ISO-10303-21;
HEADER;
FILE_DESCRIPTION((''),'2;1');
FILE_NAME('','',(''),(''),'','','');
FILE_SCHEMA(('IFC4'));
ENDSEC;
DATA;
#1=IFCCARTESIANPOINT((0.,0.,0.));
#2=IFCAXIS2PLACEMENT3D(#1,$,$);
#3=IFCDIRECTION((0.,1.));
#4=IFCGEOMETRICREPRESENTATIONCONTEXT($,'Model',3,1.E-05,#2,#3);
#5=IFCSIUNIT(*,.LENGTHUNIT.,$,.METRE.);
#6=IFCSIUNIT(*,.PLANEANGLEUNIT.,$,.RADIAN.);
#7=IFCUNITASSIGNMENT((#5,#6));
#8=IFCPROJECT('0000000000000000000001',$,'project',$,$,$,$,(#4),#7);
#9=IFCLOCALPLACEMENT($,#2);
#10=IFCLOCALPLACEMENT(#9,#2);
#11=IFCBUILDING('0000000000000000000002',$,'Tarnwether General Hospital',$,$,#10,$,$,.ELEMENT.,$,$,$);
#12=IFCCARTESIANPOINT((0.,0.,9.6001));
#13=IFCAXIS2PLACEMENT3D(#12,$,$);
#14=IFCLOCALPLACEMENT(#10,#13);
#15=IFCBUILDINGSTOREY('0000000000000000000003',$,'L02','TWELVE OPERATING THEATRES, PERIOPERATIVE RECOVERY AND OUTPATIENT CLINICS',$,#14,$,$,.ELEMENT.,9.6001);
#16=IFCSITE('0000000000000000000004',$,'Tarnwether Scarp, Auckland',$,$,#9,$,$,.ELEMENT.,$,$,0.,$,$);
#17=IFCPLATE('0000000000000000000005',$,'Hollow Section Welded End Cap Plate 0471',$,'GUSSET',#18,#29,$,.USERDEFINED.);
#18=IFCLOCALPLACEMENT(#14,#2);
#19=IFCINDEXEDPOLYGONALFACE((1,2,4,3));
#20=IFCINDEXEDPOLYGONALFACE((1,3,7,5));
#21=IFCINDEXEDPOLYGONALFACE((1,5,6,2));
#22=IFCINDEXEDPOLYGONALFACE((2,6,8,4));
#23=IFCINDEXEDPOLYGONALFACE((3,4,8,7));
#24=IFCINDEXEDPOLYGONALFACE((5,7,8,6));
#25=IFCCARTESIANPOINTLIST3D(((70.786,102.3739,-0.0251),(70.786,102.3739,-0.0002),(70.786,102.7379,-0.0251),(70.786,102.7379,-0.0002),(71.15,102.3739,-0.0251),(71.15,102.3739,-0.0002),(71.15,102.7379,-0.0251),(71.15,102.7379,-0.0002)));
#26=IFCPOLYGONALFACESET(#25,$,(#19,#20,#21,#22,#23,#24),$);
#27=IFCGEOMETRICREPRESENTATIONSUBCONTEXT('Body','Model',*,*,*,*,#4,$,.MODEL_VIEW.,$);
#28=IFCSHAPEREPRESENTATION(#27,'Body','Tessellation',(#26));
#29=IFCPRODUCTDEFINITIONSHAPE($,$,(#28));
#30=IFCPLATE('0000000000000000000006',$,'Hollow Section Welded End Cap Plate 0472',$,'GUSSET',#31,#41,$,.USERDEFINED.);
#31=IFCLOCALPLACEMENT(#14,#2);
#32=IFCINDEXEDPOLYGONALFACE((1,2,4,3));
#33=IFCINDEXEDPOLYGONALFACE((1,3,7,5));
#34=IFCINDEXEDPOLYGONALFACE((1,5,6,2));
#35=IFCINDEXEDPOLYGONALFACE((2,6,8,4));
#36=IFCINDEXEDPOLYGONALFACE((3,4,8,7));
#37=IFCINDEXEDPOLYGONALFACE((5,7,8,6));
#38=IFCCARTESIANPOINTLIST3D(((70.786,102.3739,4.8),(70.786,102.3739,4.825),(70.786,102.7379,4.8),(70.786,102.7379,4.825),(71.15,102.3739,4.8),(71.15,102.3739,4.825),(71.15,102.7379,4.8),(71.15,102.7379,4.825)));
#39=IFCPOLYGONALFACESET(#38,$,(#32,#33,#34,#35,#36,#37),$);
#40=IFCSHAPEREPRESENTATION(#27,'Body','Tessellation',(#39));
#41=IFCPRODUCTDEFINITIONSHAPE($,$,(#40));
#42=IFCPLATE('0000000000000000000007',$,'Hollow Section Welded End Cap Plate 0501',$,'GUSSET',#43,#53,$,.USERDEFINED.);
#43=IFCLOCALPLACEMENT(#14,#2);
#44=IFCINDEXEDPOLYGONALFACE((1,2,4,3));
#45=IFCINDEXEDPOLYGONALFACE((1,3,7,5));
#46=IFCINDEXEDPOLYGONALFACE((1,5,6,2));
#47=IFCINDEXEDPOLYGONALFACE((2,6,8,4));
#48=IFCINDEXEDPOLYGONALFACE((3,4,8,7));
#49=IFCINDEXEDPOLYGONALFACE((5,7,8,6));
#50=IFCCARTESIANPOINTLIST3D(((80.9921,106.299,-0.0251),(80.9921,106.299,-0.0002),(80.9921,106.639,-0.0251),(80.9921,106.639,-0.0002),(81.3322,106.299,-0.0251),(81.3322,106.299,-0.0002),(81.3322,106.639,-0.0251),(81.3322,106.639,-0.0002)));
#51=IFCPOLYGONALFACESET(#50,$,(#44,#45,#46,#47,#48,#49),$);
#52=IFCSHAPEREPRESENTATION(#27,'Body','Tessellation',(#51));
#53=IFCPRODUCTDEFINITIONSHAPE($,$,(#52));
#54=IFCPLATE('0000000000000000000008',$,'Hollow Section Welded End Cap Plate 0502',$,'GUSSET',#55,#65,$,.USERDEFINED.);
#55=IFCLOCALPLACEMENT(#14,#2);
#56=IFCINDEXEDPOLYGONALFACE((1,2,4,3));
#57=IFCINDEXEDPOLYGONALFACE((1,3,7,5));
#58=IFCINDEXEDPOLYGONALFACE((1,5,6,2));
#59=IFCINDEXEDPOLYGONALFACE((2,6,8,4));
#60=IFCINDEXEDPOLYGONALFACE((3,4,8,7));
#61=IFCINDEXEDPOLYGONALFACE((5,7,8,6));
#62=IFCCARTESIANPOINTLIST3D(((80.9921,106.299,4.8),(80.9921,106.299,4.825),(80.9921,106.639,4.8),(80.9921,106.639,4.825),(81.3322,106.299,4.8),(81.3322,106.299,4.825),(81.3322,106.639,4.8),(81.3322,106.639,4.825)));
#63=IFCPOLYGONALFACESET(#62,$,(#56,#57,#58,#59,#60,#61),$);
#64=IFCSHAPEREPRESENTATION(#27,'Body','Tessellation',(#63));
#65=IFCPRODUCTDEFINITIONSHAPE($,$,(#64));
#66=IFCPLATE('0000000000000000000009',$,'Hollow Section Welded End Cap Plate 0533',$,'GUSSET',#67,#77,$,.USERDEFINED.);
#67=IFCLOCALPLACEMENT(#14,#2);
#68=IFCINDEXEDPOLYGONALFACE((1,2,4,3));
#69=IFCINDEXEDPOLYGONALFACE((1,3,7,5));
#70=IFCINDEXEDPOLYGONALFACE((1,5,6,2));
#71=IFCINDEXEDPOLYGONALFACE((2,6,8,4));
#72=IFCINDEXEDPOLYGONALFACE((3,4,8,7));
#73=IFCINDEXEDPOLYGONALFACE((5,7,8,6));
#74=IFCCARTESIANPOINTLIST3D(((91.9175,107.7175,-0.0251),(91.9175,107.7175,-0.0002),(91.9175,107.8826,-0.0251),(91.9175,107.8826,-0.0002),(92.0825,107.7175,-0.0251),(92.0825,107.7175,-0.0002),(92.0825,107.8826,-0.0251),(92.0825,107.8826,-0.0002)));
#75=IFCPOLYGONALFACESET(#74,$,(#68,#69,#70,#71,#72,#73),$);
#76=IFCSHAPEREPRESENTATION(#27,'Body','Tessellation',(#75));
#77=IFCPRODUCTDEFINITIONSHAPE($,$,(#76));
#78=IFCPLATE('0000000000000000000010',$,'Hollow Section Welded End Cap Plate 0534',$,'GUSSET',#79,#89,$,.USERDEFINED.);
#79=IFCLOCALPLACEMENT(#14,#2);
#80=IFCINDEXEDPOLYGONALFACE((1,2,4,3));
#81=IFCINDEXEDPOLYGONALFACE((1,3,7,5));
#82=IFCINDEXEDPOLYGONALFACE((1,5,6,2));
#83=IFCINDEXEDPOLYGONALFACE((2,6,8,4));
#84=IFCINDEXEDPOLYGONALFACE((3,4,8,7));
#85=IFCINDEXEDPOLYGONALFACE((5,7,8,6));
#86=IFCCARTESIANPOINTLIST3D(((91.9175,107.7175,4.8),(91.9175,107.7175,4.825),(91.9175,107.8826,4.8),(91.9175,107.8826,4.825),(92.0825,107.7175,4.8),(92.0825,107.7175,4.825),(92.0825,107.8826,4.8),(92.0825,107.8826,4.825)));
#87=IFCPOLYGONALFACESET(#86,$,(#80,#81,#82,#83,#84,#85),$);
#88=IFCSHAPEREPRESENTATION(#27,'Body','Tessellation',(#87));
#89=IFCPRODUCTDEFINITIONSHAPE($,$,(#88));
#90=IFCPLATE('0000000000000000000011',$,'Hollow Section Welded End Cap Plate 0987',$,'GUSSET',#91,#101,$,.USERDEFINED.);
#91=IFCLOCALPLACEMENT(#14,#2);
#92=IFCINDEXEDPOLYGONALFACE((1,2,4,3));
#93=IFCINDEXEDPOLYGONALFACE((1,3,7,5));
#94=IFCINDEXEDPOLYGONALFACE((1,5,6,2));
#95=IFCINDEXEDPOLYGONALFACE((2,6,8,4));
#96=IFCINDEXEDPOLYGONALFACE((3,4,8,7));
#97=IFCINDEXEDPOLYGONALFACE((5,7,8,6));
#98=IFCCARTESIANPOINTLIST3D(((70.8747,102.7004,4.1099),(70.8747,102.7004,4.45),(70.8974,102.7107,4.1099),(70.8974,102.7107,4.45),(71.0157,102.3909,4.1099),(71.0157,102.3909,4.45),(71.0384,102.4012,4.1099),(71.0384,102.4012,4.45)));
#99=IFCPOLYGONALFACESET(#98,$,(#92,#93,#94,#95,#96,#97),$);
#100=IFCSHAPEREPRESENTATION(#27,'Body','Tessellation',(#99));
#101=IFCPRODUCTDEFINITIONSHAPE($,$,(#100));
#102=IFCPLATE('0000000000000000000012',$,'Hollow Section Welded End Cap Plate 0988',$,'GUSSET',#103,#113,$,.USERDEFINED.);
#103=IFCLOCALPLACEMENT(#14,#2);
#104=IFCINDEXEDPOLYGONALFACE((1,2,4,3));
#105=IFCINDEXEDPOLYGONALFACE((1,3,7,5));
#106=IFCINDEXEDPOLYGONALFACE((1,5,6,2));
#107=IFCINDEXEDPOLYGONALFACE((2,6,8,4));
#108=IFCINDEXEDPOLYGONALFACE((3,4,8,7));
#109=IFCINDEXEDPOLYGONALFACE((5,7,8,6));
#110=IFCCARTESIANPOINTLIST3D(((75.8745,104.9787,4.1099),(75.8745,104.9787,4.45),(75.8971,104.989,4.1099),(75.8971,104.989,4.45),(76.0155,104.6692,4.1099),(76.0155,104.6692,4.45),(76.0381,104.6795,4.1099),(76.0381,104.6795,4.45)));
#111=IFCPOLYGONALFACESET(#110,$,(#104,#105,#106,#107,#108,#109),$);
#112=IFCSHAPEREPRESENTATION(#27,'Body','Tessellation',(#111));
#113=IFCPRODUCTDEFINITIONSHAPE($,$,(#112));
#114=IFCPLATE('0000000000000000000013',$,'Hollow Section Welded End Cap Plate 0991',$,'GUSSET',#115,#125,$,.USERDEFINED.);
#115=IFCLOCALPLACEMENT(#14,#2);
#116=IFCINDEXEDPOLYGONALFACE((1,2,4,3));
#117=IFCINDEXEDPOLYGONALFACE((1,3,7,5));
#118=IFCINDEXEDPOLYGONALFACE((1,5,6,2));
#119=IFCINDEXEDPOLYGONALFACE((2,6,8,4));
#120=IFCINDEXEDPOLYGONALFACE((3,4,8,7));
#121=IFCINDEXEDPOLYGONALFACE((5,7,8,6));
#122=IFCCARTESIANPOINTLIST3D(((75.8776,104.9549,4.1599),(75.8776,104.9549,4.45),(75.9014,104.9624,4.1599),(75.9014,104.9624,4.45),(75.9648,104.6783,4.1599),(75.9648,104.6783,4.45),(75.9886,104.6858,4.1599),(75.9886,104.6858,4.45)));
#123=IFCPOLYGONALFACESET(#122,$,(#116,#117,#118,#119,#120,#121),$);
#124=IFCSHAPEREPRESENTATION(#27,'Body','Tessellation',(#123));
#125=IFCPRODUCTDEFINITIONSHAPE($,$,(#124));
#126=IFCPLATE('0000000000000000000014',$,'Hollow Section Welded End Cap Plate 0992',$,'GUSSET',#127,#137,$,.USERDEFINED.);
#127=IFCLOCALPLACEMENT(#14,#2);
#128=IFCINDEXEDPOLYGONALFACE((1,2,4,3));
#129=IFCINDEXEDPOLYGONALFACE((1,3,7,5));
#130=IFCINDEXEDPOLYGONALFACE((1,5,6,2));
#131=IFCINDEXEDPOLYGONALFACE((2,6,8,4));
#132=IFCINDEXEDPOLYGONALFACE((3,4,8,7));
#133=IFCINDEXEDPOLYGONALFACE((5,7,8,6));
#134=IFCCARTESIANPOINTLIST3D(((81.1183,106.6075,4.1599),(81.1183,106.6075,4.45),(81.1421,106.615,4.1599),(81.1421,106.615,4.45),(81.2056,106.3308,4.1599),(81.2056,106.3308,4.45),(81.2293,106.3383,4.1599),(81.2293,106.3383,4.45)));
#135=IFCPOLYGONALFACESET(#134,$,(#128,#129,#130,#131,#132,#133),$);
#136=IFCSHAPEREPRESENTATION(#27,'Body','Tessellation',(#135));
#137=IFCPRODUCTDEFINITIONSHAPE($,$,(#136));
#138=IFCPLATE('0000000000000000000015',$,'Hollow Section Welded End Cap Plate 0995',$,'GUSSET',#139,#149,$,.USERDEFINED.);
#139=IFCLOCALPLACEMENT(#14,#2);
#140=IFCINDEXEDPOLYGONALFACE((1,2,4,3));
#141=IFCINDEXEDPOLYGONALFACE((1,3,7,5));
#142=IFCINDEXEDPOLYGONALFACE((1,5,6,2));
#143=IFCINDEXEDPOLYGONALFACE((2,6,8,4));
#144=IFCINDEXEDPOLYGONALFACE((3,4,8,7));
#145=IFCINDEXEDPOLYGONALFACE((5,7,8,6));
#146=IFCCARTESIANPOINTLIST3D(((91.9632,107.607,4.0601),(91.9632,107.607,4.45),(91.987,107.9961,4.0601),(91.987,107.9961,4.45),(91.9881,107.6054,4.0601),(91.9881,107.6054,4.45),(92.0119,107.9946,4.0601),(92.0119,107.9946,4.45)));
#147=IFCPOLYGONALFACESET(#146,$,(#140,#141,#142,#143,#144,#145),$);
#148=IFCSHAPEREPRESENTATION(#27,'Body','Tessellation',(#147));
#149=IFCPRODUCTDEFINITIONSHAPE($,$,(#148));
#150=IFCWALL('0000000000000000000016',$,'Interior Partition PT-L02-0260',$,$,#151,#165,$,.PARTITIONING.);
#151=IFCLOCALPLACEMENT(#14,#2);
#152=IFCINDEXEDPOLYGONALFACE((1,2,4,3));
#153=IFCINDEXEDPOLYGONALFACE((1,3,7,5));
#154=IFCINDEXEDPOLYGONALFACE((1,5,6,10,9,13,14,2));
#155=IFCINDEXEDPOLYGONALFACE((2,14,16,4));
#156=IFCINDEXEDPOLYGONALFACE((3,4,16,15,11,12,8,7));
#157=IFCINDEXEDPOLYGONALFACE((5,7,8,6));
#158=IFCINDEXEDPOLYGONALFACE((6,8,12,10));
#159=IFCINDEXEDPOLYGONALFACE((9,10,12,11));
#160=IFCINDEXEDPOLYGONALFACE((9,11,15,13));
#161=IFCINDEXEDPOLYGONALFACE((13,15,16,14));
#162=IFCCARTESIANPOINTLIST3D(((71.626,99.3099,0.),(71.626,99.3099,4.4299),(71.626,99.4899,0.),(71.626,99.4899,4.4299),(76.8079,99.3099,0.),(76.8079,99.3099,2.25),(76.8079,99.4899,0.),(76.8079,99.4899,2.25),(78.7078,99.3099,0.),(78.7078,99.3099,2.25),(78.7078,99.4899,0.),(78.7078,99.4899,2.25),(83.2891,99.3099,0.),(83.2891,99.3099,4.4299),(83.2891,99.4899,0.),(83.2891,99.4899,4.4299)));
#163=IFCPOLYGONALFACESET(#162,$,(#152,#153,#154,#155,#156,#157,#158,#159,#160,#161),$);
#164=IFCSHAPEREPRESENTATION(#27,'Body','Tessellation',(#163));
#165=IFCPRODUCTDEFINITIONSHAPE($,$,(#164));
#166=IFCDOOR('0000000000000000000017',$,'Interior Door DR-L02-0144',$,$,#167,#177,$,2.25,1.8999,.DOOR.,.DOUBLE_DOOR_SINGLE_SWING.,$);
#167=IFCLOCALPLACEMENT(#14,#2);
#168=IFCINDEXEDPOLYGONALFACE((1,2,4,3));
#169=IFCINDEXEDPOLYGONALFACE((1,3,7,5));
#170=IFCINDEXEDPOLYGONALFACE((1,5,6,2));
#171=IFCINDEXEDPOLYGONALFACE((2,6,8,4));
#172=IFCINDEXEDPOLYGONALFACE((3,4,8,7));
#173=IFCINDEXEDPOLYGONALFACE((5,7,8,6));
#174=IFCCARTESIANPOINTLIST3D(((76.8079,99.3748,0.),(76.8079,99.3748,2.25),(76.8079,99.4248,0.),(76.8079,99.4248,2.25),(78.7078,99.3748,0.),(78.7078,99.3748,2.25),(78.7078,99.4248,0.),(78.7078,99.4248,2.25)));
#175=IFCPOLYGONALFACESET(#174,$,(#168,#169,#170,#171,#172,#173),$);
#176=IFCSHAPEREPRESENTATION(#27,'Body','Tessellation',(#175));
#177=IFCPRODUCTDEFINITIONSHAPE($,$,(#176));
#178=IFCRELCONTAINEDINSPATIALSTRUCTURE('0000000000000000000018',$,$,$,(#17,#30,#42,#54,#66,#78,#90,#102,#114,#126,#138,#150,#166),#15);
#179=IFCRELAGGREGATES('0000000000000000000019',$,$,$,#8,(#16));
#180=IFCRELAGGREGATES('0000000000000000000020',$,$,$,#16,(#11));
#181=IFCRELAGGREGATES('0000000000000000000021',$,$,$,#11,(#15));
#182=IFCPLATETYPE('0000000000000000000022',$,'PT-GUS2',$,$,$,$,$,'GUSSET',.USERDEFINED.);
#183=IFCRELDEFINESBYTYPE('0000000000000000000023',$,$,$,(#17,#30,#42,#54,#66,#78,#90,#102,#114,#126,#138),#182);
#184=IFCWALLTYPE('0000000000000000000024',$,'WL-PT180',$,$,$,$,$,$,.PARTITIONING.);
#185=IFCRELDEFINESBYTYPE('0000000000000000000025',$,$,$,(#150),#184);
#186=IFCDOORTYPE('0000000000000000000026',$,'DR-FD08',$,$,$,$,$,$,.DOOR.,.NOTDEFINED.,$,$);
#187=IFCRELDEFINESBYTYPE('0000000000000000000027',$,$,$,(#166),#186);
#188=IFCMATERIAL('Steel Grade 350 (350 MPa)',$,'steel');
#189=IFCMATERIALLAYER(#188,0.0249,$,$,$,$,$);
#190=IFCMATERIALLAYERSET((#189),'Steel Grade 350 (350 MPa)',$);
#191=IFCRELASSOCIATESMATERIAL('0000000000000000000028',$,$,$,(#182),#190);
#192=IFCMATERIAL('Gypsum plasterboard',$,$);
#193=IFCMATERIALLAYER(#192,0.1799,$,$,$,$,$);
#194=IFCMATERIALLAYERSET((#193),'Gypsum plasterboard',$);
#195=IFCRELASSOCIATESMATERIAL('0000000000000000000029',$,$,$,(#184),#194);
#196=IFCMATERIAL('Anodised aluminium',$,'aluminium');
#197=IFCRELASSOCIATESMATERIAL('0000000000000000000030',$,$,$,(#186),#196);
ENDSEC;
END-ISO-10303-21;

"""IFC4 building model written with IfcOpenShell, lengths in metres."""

from ifc_helpers import new_model, si_unit, direction, frame, frame_2d, origin, origin_2d, place, context, subcontext, project, spatial, rectangle, extrude, material, layer, layer_set, type_object, element, fill, save


model = new_model("IFC4")

# Units and contexts
model_context = context("Model", 3, precision=1e-05, world=origin(), true_north=direction((0.0, 1.0)))
body_context = subcontext(model_context, "Body", "Model", "MODEL_VIEW")
ifc_project = project(units=[si_unit("LENGTHUNIT", "METRE"), si_unit("PLANEANGLEUNIT", "RADIAN")], contexts=[model_context])

# Site, building, storey
site_placement = place(None, origin())
site = spatial("IfcSite", under=ifc_project, at=site_placement, Name="Tarnwether Scarp, Auckland", CompositionType="ELEMENT", RefElevation=0.0)
building_placement = place(site_placement, origin())
building = spatial("IfcBuilding", under=site, at=building_placement, Name="Tarnwether General Hospital", CompositionType="ELEMENT")
storey_placement = place(building_placement, frame((0.0, 0.0, 9.6001)))
storey = spatial("IfcBuildingStorey", under=building, at=storey_placement, Name="L02", Description="TWELVE OPERATING THEATRES, PERIOPERATIVE RECOVERY AND OUTPATIENT CLINICS", CompositionType="ELEMENT", Elevation=9.6001)

# Plates
ifc_material_1 = material(Name="Steel Grade 350 (350 MPa)", Category="steel")
ifc_layer_1 = layer(ifc_material_1, 0.0249)
ifc_layer_set_1 = layer_set([ifc_layer_1], Name="Steel Grade 350 (350 MPa)")
plate_type = type_object("IfcPlateType", Name="PT-GUS2", ElementType="GUSSET", PredefinedType="USERDEFINED", material=ifc_layer_set_1)
for number, where, z_axis, x_axis, name in (
    (1, (70.968, 102.5559, -0.0251), (0.0, 0.0, 1.0), (1.0, 0.0, 0.0), "Hollow Section Welded End Cap Plate 0471"),
    (2, (70.968, 102.5559, 4.8), (0.0, 0.0, 1.0), (1.0, 0.0, 0.0), "Hollow Section Welded End Cap Plate 0472"),
):
    element("IfcPlate", number, at=place(storey_placement, frame(where, z_axis=z_axis, x_axis=x_axis)), inside=storey, type_object=plate_type, Name=name, ObjectType="GUSSET", PredefinedType="USERDEFINED", context=body_context, shape_type="SweptSolid", body=[
        extrude(rectangle(XDim=0.364, YDim=0.364, at=origin_2d()), origin(), (0.0, 0.0, 1.0), 0.0249),
    ])
for number, where, z_axis, x_axis, name in (
    (3, (81.1621, 106.469, -0.0251), (0.0, 0.0, 1.0), (1.0, 0.0, 0.0), "Hollow Section Welded End Cap Plate 0501"),
    (4, (81.1621, 106.469, 4.8), (0.0, 0.0, 1.0), (1.0, 0.0, 0.0), "Hollow Section Welded End Cap Plate 0502"),
):
    element("IfcPlate", number, at=place(storey_placement, frame(where, z_axis=z_axis, x_axis=x_axis)), inside=storey, type_object=plate_type, Name=name, ObjectType="GUSSET", PredefinedType="USERDEFINED", context=body_context, shape_type="SweptSolid", body=[
        extrude(rectangle(XDim=0.3401, YDim=0.3401, at=origin_2d()), origin(), (0.0, 0.0, 1.0), 0.0249),
    ])
for number, where, z_axis, x_axis, name in (
    (5, (92.0, 107.8, -0.0251), (0.0, 0.0, 1.0), (1.0, 0.0, 0.0), "Hollow Section Welded End Cap Plate 0533"),
    (6, (92.0, 107.8, 4.8), (0.0, 0.0, 1.0), (1.0, 0.0, 0.0), "Hollow Section Welded End Cap Plate 0534"),
):
    element("IfcPlate", number, at=place(storey_placement, frame(where, z_axis=z_axis, x_axis=x_axis)), inside=storey, type_object=plate_type, Name=name, ObjectType="GUSSET", PredefinedType="USERDEFINED", context=body_context, shape_type="SweptSolid", body=[
        extrude(rectangle(XDim=0.165, YDim=0.165, at=origin_2d()), origin(), (0.0, 0.0, 1.0), 0.0249),
    ])
for number, where, z_axis, x_axis, name in (
    (7, (70.9565, 102.5508, 4.1099), (0.0, 0.0, 1.0), (0.909969, 0.414677, 0.0), "Hollow Section Welded End Cap Plate 0987"),
    (8, (75.9563, 104.8291, 4.1099), (0.0, 0.0, 1.0), (0.909969, 0.414677, 0.0), "Hollow Section Welded End Cap Plate 0988"),
):
    element("IfcPlate", number, at=place(storey_placement, frame(where, z_axis=z_axis, x_axis=x_axis)), inside=storey, type_object=plate_type, Name=name, ObjectType="GUSSET", PredefinedType="USERDEFINED", context=body_context, shape_type="SweptSolid", body=[
        extrude(rectangle(XDim=0.0249, YDim=0.3401, at=origin_2d()), origin(), (0.0, 0.0, 1.0), 0.3401),
    ])
for number, where, z_axis, x_axis, name in (
    (9, (75.9331, 104.8203, 4.1599), (0.0, 0.0, 1.0), (0.953712, 0.300722, 0.0), "Hollow Section Welded End Cap Plate 0991"),
    (10, (81.1738, 106.4729, 4.1599), (0.0, 0.0, 1.0), (0.953712, 0.300722, 0.0), "Hollow Section Welded End Cap Plate 0992"),
):
    element("IfcPlate", number, at=place(storey_placement, frame(where, z_axis=z_axis, x_axis=x_axis)), inside=storey, type_object=plate_type, Name=name, ObjectType="GUSSET", PredefinedType="USERDEFINED", context=body_context, shape_type="SweptSolid", body=[
        extrude(rectangle(XDim=0.0249, YDim=0.29, at=origin_2d()), origin(), (0.0, 0.0, 1.0), 0.29),
    ])
plate_placement = place(storey_placement, frame((91.9875, 107.8008, 4.0601), z_axis=(0.0, 0.0, 1.0), x_axis=(0.998134, -0.061066, 0.0)))
element("IfcPlate", 11, at=plate_placement, inside=storey, type_object=plate_type, Name="Hollow Section Welded End Cap Plate 0995", ObjectType="GUSSET", PredefinedType="USERDEFINED", context=body_context, shape_type="SweptSolid", body=[
    extrude(rectangle(XDim=0.0249, YDim=0.3899, at=origin_2d()), origin(), (0.0, 0.0, 1.0), 0.3899),
])

# Wall, opening, door
ifc_material_2 = material(Name="Gypsum plasterboard")
ifc_layer_2 = layer(ifc_material_2, 0.1799)
ifc_layer_set_2 = layer_set([ifc_layer_2], Name="Gypsum plasterboard")
wall_type_1 = type_object("IfcWallType", Name="WL-PT180", PredefinedType="PARTITIONING", material=ifc_layer_set_2)
wall_1_placement = place(storey_placement, frame((71.626, 99.3999, 0.0), z_axis=(0.0, 0.0, 1.0), x_axis=(1.0, 0.0, 0.0)))
wall_1 = element("IfcWall", 12, at=wall_1_placement, inside=storey, type_object=wall_type_1, Name="Interior Partition PT-L02-0260", PredefinedType="PARTITIONING", context=body_context, shape_type="SweptSolid", body=[
    extrude(rectangle(XDim=11.6631, YDim=0.1799, at=frame_2d((5.8315, 0.0))), origin(), (0.0, 0.0, 1.0), 4.4299),
])
opening_1_placement = place(wall_1_placement, frame((5.1819, 0.0, 0.0)))
opening_1 = element("IfcOpeningElement", 13, at=opening_1_placement, cuts=wall_1, PredefinedType="OPENING", context=body_context, shape_type="SweptSolid", body=[
    extrude(rectangle(XDim=1.8999, YDim=2.25, at=frame_2d((0.95, 1.125))), frame((0.0, 0.1001, 0.0), z_axis=(0.0, -1.0, 0.0), x_axis=(1.0, 0.0, 0.0)), (0.0, 0.0, 1.0), 0.2),
])
ifc_material_3 = material(Name="Anodised aluminium", Category="aluminium")
door_type_1 = type_object("IfcDoorType", Name="DR-FD08", OperationType="NOTDEFINED", PredefinedType="DOOR", material=ifc_material_3)
door_1_placement = place(opening_1_placement, origin())
door_1 = element("IfcDoor", 14, at=door_1_placement, inside=storey, type_object=door_type_1, Name="Interior Door DR-L02-0144", OperationType="DOUBLE_DOOR_SINGLE_SWING", OverallHeight=2.25, OverallWidth=1.8999, PredefinedType="DOOR", context=body_context, shape_type="SweptSolid", body=[
    extrude(rectangle(XDim=1.8999, YDim=2.25, at=frame_2d((0.95, 1.125))), frame((0.0, 0.0249, 0.0), z_axis=(0.0, -1.0, 0.0), x_axis=(1.0, 0.0, 0.0)), (0.0, 0.0, 1.0), 0.05),
])
fill(opening_1, door_1)

save(model, "model.ifc")
